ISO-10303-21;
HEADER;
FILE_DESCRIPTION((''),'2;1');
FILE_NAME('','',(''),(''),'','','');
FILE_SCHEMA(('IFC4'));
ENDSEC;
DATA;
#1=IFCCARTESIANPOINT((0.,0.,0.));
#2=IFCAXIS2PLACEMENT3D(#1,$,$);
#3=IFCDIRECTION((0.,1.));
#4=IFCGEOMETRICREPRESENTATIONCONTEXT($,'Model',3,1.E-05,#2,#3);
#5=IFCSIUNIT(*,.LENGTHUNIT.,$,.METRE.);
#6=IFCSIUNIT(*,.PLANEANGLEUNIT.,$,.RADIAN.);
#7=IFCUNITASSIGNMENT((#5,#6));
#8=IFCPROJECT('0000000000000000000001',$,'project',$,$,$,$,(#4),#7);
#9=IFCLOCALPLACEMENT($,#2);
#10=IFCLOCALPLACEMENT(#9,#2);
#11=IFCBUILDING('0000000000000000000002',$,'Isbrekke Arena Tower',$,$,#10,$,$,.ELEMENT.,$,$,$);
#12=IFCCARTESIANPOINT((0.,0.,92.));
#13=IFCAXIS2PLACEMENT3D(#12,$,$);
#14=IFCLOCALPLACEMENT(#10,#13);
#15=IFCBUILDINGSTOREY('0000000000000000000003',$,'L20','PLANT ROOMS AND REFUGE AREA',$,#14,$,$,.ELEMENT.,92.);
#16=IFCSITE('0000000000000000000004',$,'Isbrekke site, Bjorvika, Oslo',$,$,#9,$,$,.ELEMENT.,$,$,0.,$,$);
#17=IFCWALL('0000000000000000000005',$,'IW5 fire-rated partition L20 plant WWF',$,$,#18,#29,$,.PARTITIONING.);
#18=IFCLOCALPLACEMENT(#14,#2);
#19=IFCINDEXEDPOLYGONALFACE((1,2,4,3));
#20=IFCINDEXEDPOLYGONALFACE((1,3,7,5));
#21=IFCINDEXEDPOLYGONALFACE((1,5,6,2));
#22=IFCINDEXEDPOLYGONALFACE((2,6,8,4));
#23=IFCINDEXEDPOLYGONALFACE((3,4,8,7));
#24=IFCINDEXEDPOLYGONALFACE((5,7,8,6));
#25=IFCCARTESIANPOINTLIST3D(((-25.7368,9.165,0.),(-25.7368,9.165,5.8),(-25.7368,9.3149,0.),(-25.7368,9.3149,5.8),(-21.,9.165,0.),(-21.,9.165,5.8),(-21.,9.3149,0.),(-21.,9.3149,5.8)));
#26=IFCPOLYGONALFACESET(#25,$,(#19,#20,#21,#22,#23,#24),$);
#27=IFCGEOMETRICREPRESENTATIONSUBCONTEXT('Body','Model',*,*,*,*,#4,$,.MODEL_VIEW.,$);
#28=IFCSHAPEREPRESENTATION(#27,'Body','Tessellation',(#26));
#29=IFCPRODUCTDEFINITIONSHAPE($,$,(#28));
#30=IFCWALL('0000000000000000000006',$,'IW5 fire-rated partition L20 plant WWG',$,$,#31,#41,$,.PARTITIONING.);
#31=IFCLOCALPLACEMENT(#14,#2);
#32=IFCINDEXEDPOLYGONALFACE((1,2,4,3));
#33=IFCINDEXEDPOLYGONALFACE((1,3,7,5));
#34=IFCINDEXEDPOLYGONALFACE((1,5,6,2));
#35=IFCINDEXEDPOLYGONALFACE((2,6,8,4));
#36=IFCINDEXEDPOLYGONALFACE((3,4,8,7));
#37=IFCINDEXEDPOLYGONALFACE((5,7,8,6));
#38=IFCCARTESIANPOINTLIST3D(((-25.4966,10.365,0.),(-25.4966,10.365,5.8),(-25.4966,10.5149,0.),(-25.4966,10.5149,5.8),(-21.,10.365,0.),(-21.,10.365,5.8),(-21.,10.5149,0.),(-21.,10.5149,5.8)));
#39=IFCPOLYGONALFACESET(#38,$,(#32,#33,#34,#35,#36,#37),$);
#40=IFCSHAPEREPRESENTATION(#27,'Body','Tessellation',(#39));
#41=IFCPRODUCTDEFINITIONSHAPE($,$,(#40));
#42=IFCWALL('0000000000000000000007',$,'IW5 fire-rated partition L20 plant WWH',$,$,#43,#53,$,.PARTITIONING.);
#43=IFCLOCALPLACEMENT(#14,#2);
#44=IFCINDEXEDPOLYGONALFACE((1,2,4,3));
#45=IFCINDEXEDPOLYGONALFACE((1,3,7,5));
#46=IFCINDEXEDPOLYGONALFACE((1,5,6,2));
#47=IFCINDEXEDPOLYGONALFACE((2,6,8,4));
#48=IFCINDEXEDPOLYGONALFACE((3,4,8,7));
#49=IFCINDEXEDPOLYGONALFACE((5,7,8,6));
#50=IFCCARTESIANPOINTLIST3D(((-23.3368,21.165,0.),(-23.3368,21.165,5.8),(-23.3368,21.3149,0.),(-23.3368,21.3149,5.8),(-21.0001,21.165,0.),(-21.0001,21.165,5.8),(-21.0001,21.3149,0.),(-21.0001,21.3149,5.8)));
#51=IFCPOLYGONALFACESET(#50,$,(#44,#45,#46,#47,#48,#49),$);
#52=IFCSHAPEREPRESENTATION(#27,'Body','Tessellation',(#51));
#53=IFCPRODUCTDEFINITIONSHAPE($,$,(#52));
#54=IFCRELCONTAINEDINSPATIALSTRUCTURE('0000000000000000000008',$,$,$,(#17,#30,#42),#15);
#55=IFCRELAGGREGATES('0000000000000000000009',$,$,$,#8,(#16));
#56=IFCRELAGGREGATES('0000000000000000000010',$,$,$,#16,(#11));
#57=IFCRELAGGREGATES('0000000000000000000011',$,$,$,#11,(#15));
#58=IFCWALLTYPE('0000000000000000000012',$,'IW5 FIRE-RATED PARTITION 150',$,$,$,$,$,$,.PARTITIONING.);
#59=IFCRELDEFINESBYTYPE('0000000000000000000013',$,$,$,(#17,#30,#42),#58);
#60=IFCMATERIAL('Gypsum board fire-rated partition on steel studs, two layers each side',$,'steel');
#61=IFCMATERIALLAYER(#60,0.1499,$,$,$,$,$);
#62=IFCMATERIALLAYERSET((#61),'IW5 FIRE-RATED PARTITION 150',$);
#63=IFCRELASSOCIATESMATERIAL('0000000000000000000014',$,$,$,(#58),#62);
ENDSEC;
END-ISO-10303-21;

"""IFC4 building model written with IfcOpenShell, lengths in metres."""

from ifc_helpers import new_model, si_unit, direction, frame, frame_2d, origin, place, context, subcontext, project, spatial, rectangle, extrude, material, layer, layer_set, type_object, element, save


model = new_model("IFC4")

# Units and contexts
model_context = context("Model", 3, precision=1e-05, world=origin(), true_north=direction((0.0, 1.0)))
body_context = subcontext(model_context, "Body", "Model", "MODEL_VIEW")
ifc_project = project(units=[si_unit("LENGTHUNIT", "METRE"), si_unit("PLANEANGLEUNIT", "RADIAN")], contexts=[model_context])

# Site, building, storey
site_placement = place(None, origin())
site = spatial("IfcSite", under=ifc_project, at=site_placement, Name="Isbrekke site, Bjorvika, Oslo", CompositionType="ELEMENT", RefElevation=0.0)
building_placement = place(site_placement, origin())
building = spatial("IfcBuilding", under=site, at=building_placement, Name="Isbrekke Arena Tower", CompositionType="ELEMENT")
storey_placement = place(building_placement, frame((0.0, 0.0, 92.0)))
storey = spatial("IfcBuildingStorey", under=building, at=storey_placement, Name="L20", Description="PLANT ROOMS AND REFUGE AREA", CompositionType="ELEMENT", Elevation=92.0)

# Shared definitions
ifc_material_1 = material(Name="Gypsum board fire-rated partition on steel studs, two layers each side", Category="steel")
ifc_layer_1 = layer(ifc_material_1, 0.1499)
ifc_layer_set_1 = layer_set([ifc_layer_1], Name="IW5 FIRE-RATED PARTITION 150")
wall_type = type_object("IfcWallType", Name="IW5 FIRE-RATED PARTITION 150", PredefinedType="PARTITIONING", material=ifc_layer_set_1)

# Walls
wall_1_placement = place(storey_placement, frame((-21.0, 9.24, 0.0), z_axis=(0.0, 0.0, 1.0), x_axis=(-1.0, 0.0, 0.0)))
element("IfcWall", 1, at=wall_1_placement, inside=storey, type_object=wall_type, Name="IW5 fire-rated partition L20 plant WWF", PredefinedType="PARTITIONING", context=body_context, shape_type="SweptSolid", body=[
    extrude(rectangle(XDim=4.7368, YDim=0.1499, at=frame_2d((2.3684, 0.0))), origin(), (0.0, 0.0, 1.0), 5.8),
])
wall_2_placement = place(storey_placement, frame((-21.0, 10.4399, 0.0), z_axis=(0.0, 0.0, 1.0), x_axis=(-1.0, 0.0, 0.0)))
element("IfcWall", 2, at=wall_2_placement, inside=storey, type_object=wall_type, Name="IW5 fire-rated partition L20 plant WWG", PredefinedType="PARTITIONING", context=body_context, shape_type="SweptSolid", body=[
    extrude(rectangle(XDim=4.4966, YDim=0.1499, at=frame_2d((2.2483, 0.0))), origin(), (0.0, 0.0, 1.0), 5.8),
])
wall_3_placement = place(storey_placement, frame((-21.0, 21.24, 0.0), z_axis=(0.0, 0.0, 1.0), x_axis=(-1.0, 0.0, 0.0)))
element("IfcWall", 3, at=wall_3_placement, inside=storey, type_object=wall_type, Name="IW5 fire-rated partition L20 plant WWH", PredefinedType="PARTITIONING", context=body_context, shape_type="SweptSolid", body=[
    extrude(rectangle(XDim=2.3367, YDim=0.1499, at=frame_2d((1.1685, 0.0))), origin(), (0.0, 0.0, 1.0), 5.8),
])

save(model, "model.ifc")
